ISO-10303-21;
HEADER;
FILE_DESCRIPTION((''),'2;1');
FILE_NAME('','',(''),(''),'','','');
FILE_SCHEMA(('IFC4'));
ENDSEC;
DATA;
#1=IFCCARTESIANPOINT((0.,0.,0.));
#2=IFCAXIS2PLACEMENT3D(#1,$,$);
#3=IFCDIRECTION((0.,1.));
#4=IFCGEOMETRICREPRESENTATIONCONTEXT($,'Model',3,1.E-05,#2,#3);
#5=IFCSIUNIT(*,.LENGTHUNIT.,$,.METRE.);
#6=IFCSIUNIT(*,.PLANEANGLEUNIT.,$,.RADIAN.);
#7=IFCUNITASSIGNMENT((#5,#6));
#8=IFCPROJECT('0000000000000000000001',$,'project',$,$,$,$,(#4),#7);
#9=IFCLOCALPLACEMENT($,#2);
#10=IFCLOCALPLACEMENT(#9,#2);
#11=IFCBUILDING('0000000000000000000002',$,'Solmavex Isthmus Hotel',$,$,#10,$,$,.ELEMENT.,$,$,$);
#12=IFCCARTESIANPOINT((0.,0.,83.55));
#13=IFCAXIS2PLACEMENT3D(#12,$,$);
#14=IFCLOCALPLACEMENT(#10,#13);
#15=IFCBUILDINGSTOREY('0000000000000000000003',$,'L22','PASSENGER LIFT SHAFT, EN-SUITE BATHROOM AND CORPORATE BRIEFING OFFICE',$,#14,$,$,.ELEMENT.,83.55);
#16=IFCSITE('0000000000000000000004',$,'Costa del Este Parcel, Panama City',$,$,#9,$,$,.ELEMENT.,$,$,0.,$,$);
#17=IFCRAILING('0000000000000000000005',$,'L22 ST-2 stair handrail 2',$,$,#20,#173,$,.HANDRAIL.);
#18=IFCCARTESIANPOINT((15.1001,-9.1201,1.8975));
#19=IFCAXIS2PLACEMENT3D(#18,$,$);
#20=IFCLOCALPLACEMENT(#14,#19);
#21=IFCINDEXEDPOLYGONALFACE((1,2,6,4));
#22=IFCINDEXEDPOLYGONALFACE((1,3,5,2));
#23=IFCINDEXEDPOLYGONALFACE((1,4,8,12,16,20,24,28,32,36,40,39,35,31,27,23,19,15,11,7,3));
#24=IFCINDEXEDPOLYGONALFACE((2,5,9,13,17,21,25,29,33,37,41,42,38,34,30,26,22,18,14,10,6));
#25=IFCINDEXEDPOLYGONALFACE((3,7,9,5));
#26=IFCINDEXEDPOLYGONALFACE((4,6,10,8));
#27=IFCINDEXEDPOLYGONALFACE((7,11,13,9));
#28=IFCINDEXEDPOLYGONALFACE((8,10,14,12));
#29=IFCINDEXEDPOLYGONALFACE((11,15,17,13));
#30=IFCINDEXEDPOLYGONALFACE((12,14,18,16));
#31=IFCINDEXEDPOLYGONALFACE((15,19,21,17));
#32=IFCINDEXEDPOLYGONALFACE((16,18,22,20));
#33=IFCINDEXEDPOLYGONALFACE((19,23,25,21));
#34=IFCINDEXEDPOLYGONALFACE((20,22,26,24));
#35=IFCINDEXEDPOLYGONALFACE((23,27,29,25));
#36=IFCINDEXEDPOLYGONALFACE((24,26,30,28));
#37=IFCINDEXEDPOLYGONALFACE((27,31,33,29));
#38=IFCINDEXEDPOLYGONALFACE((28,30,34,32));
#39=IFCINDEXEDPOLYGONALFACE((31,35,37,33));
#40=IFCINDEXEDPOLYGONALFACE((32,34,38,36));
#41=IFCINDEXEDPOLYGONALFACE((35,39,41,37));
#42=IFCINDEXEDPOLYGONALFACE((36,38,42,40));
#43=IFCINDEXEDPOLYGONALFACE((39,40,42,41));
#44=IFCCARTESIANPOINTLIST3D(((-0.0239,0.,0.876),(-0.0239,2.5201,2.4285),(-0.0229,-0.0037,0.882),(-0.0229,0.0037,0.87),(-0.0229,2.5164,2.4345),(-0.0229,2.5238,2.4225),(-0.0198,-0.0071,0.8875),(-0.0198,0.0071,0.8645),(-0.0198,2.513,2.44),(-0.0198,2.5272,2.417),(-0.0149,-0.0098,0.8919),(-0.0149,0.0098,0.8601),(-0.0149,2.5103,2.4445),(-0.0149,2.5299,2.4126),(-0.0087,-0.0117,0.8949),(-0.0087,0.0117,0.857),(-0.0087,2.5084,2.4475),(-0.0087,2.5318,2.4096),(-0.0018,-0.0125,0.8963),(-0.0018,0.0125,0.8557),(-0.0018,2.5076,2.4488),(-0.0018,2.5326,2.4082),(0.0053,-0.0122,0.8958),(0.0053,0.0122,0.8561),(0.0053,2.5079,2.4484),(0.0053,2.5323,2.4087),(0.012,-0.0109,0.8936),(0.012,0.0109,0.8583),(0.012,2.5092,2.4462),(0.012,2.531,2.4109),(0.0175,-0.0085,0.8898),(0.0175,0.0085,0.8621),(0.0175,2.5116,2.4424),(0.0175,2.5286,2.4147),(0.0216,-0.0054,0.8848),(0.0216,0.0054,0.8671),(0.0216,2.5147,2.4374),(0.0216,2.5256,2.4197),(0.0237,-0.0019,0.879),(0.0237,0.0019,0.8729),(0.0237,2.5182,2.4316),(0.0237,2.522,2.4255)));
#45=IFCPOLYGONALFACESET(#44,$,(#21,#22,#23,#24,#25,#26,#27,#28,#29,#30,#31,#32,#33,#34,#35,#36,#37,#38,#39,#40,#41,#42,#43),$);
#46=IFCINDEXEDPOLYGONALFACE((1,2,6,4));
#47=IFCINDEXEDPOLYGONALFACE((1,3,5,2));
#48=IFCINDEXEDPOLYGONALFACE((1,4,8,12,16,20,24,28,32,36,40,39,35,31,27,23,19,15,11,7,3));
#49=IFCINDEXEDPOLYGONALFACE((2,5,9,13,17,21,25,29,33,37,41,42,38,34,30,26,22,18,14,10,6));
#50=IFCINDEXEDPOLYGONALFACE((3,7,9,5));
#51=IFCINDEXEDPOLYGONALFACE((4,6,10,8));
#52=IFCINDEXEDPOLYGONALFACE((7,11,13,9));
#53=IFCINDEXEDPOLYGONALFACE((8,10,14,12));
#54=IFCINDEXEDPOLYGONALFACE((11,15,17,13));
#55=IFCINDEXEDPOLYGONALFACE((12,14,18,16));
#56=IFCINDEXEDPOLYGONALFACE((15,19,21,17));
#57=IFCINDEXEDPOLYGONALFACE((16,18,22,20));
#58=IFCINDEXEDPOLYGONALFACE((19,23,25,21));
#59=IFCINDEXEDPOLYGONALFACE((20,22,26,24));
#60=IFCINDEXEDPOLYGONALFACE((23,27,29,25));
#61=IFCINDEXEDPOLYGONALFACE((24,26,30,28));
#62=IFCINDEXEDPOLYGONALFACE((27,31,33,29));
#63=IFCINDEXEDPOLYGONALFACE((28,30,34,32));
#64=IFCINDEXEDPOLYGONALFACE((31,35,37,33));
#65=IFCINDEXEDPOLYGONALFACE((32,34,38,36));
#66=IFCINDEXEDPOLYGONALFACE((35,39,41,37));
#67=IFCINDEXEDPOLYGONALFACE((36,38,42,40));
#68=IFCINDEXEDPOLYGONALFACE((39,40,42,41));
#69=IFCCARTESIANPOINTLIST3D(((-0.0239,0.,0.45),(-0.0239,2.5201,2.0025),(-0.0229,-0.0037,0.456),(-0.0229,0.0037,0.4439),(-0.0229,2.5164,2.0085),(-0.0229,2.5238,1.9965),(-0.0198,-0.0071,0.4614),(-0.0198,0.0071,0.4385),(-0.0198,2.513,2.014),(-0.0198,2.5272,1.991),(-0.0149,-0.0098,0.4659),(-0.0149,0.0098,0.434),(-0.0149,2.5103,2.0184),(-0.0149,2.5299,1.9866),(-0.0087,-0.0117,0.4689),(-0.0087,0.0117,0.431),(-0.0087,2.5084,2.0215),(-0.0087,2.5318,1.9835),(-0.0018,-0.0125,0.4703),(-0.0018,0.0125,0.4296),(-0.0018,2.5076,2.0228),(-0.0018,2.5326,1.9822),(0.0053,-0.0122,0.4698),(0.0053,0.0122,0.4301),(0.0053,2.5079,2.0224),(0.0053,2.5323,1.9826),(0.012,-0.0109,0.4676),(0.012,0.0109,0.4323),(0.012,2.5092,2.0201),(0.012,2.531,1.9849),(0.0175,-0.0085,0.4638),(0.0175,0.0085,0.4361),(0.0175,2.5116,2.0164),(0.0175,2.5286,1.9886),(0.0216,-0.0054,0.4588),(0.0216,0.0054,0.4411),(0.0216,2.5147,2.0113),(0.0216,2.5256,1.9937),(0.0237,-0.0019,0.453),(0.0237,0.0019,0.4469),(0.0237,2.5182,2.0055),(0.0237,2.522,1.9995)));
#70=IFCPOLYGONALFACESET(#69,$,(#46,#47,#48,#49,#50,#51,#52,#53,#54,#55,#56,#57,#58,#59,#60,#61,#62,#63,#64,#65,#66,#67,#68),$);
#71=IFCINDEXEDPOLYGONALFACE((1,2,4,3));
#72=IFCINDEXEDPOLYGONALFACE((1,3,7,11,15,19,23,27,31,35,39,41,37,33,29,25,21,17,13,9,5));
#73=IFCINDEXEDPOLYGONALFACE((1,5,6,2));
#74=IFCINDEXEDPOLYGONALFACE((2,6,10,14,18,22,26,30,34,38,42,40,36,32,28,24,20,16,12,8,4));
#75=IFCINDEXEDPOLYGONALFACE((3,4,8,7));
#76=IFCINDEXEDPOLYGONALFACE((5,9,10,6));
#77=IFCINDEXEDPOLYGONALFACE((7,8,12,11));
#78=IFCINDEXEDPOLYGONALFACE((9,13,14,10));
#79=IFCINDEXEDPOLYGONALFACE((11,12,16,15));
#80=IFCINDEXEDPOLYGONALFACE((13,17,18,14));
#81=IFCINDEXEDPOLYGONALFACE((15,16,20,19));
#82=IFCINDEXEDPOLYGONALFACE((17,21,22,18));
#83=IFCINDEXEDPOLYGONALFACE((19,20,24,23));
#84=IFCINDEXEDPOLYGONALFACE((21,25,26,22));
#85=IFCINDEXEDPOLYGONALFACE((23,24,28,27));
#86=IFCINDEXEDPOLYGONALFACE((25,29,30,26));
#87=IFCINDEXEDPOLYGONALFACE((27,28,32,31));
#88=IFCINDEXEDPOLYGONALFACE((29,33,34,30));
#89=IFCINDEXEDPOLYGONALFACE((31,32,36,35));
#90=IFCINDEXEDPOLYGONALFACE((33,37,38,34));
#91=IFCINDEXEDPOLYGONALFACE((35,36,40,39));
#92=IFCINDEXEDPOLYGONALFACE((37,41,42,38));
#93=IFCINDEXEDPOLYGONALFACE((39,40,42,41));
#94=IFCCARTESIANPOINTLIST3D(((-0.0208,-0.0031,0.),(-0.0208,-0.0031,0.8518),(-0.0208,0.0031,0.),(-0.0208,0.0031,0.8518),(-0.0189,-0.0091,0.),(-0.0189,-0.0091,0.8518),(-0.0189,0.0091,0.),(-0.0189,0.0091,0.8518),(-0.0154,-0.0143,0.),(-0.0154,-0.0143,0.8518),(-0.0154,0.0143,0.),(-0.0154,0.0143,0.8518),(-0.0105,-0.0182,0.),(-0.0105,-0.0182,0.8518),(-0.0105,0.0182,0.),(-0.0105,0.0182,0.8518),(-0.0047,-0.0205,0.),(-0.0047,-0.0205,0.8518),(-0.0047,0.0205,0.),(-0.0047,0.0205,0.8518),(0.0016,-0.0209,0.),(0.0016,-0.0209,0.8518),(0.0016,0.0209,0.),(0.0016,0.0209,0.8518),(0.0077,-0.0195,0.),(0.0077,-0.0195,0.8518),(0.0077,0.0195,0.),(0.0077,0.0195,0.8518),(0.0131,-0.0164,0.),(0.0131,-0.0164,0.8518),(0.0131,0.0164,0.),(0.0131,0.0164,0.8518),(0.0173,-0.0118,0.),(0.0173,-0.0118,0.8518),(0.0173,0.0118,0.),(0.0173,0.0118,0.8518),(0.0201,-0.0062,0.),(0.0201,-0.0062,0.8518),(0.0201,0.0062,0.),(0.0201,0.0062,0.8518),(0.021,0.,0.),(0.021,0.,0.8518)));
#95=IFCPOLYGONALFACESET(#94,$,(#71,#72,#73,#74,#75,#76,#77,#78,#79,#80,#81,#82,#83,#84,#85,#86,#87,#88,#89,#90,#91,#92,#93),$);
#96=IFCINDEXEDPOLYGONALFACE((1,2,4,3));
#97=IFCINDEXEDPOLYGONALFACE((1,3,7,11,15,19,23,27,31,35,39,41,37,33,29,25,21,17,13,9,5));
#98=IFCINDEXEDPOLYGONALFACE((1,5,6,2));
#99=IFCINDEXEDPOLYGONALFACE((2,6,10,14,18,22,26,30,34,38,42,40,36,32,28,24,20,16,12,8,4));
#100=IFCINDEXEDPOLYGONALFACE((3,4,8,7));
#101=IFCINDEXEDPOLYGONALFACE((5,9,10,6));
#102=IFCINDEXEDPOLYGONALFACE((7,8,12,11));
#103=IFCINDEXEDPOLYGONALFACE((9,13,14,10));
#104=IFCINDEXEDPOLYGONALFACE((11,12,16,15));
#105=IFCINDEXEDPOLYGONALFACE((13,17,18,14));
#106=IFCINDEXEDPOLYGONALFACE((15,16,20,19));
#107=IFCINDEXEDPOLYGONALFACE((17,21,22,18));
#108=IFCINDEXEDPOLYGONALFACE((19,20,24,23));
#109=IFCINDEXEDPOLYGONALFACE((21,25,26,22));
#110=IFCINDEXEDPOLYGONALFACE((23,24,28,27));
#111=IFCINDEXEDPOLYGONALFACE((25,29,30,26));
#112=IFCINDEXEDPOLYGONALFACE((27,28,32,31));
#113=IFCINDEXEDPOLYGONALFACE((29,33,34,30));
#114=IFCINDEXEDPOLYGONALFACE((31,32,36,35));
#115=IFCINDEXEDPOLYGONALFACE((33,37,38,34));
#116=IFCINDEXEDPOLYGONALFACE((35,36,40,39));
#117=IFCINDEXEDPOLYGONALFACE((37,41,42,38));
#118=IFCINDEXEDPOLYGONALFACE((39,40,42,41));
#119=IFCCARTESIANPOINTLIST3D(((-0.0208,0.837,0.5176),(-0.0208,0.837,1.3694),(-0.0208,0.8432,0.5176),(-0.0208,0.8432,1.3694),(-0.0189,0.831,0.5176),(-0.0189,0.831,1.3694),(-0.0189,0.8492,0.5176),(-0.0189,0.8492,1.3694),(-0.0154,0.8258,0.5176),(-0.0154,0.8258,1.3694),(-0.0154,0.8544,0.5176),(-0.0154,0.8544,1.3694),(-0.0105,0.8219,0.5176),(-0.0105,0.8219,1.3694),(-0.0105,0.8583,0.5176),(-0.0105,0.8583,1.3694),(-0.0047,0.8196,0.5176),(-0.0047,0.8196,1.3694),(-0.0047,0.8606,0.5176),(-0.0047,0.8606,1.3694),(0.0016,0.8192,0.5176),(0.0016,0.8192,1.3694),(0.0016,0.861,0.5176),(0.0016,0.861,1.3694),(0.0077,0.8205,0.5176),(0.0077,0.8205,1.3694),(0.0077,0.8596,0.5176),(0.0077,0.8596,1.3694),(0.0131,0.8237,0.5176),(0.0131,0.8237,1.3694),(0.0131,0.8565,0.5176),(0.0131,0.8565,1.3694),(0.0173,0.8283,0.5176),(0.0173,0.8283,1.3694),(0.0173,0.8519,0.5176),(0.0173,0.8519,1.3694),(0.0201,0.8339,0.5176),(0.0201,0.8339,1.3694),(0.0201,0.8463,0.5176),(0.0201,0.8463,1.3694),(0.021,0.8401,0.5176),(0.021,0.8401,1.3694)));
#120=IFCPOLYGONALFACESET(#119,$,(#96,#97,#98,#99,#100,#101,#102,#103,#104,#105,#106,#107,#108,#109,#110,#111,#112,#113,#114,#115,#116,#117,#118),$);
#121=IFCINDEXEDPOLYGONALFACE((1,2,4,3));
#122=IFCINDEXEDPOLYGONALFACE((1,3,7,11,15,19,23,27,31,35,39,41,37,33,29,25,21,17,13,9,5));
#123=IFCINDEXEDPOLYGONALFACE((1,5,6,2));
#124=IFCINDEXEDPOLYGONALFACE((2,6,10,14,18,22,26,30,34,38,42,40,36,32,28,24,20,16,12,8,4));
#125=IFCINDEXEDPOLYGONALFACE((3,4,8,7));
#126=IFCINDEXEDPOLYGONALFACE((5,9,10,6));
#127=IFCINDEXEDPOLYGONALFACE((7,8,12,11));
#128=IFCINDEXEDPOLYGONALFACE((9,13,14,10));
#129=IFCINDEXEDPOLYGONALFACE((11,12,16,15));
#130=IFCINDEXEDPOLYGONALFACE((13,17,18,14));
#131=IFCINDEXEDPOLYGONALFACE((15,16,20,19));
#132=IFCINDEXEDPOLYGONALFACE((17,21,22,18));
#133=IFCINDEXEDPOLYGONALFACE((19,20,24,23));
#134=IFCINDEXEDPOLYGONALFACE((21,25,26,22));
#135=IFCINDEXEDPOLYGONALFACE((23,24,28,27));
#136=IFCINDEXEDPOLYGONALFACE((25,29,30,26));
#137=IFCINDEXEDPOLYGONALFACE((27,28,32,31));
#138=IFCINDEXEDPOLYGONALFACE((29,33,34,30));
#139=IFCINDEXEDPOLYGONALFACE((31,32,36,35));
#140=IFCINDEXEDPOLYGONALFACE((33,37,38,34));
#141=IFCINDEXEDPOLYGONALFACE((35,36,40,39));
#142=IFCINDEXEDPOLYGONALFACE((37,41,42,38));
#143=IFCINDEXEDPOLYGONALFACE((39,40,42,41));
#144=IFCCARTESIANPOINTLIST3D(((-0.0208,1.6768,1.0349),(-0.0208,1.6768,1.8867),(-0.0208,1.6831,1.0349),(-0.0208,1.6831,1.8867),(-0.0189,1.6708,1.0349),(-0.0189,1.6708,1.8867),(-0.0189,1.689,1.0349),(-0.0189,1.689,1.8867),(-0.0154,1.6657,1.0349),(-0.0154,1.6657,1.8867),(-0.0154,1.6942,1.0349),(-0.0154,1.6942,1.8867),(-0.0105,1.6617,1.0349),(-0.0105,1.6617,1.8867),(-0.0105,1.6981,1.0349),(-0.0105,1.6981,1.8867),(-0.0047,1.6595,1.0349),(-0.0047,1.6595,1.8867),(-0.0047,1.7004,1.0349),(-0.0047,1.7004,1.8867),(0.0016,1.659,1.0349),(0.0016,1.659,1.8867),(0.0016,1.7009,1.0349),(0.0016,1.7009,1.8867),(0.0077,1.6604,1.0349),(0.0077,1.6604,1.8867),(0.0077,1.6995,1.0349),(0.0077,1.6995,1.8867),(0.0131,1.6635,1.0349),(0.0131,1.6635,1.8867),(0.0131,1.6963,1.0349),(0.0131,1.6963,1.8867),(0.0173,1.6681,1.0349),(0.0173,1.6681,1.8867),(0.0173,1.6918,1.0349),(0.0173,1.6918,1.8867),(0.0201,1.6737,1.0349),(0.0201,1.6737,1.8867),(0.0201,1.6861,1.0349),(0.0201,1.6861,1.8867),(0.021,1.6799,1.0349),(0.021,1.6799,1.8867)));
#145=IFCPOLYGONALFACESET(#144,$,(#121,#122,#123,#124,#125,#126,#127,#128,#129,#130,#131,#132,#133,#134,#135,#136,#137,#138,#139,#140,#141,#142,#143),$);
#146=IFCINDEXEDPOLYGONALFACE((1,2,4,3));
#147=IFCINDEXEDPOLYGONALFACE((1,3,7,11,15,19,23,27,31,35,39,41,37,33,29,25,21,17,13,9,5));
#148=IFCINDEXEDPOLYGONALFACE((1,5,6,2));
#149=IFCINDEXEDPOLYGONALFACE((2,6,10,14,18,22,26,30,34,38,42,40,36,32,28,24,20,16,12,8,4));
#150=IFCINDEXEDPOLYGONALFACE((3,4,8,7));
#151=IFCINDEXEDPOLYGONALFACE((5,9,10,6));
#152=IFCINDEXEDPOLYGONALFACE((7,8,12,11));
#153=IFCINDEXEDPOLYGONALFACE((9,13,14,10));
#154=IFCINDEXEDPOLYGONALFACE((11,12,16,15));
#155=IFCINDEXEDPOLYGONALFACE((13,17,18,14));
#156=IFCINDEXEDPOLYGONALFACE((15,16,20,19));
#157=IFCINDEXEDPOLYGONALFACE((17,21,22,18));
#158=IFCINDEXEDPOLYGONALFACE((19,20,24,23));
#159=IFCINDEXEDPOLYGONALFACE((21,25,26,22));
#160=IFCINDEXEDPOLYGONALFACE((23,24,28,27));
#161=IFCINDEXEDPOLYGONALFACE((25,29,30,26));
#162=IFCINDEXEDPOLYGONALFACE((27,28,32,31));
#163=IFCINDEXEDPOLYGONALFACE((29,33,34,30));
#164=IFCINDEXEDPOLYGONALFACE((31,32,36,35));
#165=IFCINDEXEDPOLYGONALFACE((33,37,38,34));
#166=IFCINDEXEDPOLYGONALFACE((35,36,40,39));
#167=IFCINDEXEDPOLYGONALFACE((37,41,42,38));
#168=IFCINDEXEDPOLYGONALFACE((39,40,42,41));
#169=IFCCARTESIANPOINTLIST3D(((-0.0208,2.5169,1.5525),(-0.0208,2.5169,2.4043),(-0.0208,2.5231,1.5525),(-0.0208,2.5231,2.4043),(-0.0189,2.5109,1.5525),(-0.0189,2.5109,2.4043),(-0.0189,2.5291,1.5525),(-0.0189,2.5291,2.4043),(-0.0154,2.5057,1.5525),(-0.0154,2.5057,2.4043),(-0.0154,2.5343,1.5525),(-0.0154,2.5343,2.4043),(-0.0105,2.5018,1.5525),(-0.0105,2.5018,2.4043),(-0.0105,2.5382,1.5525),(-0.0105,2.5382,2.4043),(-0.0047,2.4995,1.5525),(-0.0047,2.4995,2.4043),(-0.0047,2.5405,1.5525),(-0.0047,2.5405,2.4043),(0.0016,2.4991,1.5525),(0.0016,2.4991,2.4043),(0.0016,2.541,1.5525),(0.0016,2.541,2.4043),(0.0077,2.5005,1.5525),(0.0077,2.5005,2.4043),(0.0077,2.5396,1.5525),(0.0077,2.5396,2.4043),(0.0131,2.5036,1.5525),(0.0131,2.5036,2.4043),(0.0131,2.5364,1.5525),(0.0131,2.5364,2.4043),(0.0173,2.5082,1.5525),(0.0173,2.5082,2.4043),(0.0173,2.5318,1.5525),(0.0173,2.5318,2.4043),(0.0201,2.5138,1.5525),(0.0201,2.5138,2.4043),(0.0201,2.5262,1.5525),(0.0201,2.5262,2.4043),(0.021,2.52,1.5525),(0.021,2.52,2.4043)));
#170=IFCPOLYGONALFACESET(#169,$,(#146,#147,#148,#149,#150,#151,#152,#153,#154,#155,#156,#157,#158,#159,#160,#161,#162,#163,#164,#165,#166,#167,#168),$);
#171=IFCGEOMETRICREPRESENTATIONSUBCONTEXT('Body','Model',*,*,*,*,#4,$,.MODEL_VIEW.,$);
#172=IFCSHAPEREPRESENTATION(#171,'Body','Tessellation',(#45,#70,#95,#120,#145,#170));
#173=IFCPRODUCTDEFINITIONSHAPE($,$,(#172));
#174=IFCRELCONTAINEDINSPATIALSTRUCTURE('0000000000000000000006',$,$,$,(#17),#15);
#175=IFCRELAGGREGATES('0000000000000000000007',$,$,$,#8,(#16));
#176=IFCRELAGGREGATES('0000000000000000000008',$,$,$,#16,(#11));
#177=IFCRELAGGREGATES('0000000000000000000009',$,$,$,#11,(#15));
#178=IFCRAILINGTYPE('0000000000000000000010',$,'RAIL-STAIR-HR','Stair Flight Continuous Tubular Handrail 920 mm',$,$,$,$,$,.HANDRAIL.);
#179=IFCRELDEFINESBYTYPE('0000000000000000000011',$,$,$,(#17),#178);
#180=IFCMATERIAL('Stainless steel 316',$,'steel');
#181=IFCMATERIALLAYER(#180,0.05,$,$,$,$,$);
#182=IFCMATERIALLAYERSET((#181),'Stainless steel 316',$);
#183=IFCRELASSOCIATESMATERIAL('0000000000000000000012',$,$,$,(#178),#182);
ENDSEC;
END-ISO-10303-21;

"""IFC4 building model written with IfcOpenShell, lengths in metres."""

from ifc_helpers import new_model, si_unit, direction, frame, origin, origin_2d, place, context, subcontext, project, spatial, circle, extrude, material, layer, layer_set, type_object, element, save


model = new_model("IFC4")

# Units and contexts
model_context = context("Model", 3, precision=1e-05, world=origin(), true_north=direction((0.0, 1.0)))
body_context = subcontext(model_context, "Body", "Model", "MODEL_VIEW")
ifc_project = project(units=[si_unit("LENGTHUNIT", "METRE"), si_unit("PLANEANGLEUNIT", "RADIAN")], contexts=[model_context])

# Site, building, storey
site_placement = place(None, origin())
site = spatial("IfcSite", under=ifc_project, at=site_placement, Name="Costa del Este Parcel, Panama City", CompositionType="ELEMENT", RefElevation=0.0)
building_placement = place(site_placement, origin())
building = spatial("IfcBuilding", under=site, at=building_placement, Name="Solmavex Isthmus Hotel", CompositionType="ELEMENT")
storey_placement = place(building_placement, frame((0.0, 0.0, 83.55)))
storey = spatial("IfcBuildingStorey", under=building, at=storey_placement, Name="L22", Description="PASSENGER LIFT SHAFT, EN-SUITE BATHROOM AND CORPORATE BRIEFING OFFICE", CompositionType="ELEMENT", Elevation=83.55)

# Railing
ifc_material_1 = material(Name="Stainless steel 316", Category="steel")
ifc_layer_1 = layer(ifc_material_1, 0.05)
ifc_layer_set_1 = layer_set([ifc_layer_1], Name="Stainless steel 316")
railing_type_1 = type_object("IfcRailingType", Name="RAIL-STAIR-HR", Description="Stair Flight Continuous Tubular Handrail 920 mm", PredefinedType="HANDRAIL", material=ifc_layer_set_1)
railing_1_placement = place(storey_placement, frame((15.1001, -9.1201, 1.8975)))
element("IfcRailing", 1, at=railing_1_placement, inside=storey, type_object=railing_type_1, Name="L22 ST-2 stair handrail 2", PredefinedType="HANDRAIL", context=body_context, shape_type="SweptSolid", body=[
    extrude(circle(Radius=0.0239, at=origin_2d()), frame((0.0, 0.0, 0.876), z_axis=(0.0, 0.8514, 0.524516), x_axis=(-1.0, 0.0, 0.0)), (0.0, 0.0, 1.0), 2.96),
    extrude(circle(Radius=0.0239, at=origin_2d()), frame((0.0, 0.0, 0.45), z_axis=(0.0, 0.8514, 0.524516), x_axis=(-1.0, 0.0, 0.0)), (0.0, 0.0, 1.0), 2.96),
    extrude(circle(Radius=0.021, at=origin_2d()), origin(), (0.0, 0.0, 1.0), 0.8518),
    extrude(circle(Radius=0.021, at=origin_2d()), frame((0.0, 0.8401, 0.5176)), (0.0, 0.0, 1.0), 0.8518),
    extrude(circle(Radius=0.021, at=origin_2d()), frame((0.0, 1.6799, 1.0349)), (0.0, 0.0, 1.0), 0.8518),
    extrude(circle(Radius=0.021, at=origin_2d()), frame((0.0, 2.52, 1.5525)), (0.0, 0.0, 1.0), 0.8518),
])

save(model, "model.ifc")
